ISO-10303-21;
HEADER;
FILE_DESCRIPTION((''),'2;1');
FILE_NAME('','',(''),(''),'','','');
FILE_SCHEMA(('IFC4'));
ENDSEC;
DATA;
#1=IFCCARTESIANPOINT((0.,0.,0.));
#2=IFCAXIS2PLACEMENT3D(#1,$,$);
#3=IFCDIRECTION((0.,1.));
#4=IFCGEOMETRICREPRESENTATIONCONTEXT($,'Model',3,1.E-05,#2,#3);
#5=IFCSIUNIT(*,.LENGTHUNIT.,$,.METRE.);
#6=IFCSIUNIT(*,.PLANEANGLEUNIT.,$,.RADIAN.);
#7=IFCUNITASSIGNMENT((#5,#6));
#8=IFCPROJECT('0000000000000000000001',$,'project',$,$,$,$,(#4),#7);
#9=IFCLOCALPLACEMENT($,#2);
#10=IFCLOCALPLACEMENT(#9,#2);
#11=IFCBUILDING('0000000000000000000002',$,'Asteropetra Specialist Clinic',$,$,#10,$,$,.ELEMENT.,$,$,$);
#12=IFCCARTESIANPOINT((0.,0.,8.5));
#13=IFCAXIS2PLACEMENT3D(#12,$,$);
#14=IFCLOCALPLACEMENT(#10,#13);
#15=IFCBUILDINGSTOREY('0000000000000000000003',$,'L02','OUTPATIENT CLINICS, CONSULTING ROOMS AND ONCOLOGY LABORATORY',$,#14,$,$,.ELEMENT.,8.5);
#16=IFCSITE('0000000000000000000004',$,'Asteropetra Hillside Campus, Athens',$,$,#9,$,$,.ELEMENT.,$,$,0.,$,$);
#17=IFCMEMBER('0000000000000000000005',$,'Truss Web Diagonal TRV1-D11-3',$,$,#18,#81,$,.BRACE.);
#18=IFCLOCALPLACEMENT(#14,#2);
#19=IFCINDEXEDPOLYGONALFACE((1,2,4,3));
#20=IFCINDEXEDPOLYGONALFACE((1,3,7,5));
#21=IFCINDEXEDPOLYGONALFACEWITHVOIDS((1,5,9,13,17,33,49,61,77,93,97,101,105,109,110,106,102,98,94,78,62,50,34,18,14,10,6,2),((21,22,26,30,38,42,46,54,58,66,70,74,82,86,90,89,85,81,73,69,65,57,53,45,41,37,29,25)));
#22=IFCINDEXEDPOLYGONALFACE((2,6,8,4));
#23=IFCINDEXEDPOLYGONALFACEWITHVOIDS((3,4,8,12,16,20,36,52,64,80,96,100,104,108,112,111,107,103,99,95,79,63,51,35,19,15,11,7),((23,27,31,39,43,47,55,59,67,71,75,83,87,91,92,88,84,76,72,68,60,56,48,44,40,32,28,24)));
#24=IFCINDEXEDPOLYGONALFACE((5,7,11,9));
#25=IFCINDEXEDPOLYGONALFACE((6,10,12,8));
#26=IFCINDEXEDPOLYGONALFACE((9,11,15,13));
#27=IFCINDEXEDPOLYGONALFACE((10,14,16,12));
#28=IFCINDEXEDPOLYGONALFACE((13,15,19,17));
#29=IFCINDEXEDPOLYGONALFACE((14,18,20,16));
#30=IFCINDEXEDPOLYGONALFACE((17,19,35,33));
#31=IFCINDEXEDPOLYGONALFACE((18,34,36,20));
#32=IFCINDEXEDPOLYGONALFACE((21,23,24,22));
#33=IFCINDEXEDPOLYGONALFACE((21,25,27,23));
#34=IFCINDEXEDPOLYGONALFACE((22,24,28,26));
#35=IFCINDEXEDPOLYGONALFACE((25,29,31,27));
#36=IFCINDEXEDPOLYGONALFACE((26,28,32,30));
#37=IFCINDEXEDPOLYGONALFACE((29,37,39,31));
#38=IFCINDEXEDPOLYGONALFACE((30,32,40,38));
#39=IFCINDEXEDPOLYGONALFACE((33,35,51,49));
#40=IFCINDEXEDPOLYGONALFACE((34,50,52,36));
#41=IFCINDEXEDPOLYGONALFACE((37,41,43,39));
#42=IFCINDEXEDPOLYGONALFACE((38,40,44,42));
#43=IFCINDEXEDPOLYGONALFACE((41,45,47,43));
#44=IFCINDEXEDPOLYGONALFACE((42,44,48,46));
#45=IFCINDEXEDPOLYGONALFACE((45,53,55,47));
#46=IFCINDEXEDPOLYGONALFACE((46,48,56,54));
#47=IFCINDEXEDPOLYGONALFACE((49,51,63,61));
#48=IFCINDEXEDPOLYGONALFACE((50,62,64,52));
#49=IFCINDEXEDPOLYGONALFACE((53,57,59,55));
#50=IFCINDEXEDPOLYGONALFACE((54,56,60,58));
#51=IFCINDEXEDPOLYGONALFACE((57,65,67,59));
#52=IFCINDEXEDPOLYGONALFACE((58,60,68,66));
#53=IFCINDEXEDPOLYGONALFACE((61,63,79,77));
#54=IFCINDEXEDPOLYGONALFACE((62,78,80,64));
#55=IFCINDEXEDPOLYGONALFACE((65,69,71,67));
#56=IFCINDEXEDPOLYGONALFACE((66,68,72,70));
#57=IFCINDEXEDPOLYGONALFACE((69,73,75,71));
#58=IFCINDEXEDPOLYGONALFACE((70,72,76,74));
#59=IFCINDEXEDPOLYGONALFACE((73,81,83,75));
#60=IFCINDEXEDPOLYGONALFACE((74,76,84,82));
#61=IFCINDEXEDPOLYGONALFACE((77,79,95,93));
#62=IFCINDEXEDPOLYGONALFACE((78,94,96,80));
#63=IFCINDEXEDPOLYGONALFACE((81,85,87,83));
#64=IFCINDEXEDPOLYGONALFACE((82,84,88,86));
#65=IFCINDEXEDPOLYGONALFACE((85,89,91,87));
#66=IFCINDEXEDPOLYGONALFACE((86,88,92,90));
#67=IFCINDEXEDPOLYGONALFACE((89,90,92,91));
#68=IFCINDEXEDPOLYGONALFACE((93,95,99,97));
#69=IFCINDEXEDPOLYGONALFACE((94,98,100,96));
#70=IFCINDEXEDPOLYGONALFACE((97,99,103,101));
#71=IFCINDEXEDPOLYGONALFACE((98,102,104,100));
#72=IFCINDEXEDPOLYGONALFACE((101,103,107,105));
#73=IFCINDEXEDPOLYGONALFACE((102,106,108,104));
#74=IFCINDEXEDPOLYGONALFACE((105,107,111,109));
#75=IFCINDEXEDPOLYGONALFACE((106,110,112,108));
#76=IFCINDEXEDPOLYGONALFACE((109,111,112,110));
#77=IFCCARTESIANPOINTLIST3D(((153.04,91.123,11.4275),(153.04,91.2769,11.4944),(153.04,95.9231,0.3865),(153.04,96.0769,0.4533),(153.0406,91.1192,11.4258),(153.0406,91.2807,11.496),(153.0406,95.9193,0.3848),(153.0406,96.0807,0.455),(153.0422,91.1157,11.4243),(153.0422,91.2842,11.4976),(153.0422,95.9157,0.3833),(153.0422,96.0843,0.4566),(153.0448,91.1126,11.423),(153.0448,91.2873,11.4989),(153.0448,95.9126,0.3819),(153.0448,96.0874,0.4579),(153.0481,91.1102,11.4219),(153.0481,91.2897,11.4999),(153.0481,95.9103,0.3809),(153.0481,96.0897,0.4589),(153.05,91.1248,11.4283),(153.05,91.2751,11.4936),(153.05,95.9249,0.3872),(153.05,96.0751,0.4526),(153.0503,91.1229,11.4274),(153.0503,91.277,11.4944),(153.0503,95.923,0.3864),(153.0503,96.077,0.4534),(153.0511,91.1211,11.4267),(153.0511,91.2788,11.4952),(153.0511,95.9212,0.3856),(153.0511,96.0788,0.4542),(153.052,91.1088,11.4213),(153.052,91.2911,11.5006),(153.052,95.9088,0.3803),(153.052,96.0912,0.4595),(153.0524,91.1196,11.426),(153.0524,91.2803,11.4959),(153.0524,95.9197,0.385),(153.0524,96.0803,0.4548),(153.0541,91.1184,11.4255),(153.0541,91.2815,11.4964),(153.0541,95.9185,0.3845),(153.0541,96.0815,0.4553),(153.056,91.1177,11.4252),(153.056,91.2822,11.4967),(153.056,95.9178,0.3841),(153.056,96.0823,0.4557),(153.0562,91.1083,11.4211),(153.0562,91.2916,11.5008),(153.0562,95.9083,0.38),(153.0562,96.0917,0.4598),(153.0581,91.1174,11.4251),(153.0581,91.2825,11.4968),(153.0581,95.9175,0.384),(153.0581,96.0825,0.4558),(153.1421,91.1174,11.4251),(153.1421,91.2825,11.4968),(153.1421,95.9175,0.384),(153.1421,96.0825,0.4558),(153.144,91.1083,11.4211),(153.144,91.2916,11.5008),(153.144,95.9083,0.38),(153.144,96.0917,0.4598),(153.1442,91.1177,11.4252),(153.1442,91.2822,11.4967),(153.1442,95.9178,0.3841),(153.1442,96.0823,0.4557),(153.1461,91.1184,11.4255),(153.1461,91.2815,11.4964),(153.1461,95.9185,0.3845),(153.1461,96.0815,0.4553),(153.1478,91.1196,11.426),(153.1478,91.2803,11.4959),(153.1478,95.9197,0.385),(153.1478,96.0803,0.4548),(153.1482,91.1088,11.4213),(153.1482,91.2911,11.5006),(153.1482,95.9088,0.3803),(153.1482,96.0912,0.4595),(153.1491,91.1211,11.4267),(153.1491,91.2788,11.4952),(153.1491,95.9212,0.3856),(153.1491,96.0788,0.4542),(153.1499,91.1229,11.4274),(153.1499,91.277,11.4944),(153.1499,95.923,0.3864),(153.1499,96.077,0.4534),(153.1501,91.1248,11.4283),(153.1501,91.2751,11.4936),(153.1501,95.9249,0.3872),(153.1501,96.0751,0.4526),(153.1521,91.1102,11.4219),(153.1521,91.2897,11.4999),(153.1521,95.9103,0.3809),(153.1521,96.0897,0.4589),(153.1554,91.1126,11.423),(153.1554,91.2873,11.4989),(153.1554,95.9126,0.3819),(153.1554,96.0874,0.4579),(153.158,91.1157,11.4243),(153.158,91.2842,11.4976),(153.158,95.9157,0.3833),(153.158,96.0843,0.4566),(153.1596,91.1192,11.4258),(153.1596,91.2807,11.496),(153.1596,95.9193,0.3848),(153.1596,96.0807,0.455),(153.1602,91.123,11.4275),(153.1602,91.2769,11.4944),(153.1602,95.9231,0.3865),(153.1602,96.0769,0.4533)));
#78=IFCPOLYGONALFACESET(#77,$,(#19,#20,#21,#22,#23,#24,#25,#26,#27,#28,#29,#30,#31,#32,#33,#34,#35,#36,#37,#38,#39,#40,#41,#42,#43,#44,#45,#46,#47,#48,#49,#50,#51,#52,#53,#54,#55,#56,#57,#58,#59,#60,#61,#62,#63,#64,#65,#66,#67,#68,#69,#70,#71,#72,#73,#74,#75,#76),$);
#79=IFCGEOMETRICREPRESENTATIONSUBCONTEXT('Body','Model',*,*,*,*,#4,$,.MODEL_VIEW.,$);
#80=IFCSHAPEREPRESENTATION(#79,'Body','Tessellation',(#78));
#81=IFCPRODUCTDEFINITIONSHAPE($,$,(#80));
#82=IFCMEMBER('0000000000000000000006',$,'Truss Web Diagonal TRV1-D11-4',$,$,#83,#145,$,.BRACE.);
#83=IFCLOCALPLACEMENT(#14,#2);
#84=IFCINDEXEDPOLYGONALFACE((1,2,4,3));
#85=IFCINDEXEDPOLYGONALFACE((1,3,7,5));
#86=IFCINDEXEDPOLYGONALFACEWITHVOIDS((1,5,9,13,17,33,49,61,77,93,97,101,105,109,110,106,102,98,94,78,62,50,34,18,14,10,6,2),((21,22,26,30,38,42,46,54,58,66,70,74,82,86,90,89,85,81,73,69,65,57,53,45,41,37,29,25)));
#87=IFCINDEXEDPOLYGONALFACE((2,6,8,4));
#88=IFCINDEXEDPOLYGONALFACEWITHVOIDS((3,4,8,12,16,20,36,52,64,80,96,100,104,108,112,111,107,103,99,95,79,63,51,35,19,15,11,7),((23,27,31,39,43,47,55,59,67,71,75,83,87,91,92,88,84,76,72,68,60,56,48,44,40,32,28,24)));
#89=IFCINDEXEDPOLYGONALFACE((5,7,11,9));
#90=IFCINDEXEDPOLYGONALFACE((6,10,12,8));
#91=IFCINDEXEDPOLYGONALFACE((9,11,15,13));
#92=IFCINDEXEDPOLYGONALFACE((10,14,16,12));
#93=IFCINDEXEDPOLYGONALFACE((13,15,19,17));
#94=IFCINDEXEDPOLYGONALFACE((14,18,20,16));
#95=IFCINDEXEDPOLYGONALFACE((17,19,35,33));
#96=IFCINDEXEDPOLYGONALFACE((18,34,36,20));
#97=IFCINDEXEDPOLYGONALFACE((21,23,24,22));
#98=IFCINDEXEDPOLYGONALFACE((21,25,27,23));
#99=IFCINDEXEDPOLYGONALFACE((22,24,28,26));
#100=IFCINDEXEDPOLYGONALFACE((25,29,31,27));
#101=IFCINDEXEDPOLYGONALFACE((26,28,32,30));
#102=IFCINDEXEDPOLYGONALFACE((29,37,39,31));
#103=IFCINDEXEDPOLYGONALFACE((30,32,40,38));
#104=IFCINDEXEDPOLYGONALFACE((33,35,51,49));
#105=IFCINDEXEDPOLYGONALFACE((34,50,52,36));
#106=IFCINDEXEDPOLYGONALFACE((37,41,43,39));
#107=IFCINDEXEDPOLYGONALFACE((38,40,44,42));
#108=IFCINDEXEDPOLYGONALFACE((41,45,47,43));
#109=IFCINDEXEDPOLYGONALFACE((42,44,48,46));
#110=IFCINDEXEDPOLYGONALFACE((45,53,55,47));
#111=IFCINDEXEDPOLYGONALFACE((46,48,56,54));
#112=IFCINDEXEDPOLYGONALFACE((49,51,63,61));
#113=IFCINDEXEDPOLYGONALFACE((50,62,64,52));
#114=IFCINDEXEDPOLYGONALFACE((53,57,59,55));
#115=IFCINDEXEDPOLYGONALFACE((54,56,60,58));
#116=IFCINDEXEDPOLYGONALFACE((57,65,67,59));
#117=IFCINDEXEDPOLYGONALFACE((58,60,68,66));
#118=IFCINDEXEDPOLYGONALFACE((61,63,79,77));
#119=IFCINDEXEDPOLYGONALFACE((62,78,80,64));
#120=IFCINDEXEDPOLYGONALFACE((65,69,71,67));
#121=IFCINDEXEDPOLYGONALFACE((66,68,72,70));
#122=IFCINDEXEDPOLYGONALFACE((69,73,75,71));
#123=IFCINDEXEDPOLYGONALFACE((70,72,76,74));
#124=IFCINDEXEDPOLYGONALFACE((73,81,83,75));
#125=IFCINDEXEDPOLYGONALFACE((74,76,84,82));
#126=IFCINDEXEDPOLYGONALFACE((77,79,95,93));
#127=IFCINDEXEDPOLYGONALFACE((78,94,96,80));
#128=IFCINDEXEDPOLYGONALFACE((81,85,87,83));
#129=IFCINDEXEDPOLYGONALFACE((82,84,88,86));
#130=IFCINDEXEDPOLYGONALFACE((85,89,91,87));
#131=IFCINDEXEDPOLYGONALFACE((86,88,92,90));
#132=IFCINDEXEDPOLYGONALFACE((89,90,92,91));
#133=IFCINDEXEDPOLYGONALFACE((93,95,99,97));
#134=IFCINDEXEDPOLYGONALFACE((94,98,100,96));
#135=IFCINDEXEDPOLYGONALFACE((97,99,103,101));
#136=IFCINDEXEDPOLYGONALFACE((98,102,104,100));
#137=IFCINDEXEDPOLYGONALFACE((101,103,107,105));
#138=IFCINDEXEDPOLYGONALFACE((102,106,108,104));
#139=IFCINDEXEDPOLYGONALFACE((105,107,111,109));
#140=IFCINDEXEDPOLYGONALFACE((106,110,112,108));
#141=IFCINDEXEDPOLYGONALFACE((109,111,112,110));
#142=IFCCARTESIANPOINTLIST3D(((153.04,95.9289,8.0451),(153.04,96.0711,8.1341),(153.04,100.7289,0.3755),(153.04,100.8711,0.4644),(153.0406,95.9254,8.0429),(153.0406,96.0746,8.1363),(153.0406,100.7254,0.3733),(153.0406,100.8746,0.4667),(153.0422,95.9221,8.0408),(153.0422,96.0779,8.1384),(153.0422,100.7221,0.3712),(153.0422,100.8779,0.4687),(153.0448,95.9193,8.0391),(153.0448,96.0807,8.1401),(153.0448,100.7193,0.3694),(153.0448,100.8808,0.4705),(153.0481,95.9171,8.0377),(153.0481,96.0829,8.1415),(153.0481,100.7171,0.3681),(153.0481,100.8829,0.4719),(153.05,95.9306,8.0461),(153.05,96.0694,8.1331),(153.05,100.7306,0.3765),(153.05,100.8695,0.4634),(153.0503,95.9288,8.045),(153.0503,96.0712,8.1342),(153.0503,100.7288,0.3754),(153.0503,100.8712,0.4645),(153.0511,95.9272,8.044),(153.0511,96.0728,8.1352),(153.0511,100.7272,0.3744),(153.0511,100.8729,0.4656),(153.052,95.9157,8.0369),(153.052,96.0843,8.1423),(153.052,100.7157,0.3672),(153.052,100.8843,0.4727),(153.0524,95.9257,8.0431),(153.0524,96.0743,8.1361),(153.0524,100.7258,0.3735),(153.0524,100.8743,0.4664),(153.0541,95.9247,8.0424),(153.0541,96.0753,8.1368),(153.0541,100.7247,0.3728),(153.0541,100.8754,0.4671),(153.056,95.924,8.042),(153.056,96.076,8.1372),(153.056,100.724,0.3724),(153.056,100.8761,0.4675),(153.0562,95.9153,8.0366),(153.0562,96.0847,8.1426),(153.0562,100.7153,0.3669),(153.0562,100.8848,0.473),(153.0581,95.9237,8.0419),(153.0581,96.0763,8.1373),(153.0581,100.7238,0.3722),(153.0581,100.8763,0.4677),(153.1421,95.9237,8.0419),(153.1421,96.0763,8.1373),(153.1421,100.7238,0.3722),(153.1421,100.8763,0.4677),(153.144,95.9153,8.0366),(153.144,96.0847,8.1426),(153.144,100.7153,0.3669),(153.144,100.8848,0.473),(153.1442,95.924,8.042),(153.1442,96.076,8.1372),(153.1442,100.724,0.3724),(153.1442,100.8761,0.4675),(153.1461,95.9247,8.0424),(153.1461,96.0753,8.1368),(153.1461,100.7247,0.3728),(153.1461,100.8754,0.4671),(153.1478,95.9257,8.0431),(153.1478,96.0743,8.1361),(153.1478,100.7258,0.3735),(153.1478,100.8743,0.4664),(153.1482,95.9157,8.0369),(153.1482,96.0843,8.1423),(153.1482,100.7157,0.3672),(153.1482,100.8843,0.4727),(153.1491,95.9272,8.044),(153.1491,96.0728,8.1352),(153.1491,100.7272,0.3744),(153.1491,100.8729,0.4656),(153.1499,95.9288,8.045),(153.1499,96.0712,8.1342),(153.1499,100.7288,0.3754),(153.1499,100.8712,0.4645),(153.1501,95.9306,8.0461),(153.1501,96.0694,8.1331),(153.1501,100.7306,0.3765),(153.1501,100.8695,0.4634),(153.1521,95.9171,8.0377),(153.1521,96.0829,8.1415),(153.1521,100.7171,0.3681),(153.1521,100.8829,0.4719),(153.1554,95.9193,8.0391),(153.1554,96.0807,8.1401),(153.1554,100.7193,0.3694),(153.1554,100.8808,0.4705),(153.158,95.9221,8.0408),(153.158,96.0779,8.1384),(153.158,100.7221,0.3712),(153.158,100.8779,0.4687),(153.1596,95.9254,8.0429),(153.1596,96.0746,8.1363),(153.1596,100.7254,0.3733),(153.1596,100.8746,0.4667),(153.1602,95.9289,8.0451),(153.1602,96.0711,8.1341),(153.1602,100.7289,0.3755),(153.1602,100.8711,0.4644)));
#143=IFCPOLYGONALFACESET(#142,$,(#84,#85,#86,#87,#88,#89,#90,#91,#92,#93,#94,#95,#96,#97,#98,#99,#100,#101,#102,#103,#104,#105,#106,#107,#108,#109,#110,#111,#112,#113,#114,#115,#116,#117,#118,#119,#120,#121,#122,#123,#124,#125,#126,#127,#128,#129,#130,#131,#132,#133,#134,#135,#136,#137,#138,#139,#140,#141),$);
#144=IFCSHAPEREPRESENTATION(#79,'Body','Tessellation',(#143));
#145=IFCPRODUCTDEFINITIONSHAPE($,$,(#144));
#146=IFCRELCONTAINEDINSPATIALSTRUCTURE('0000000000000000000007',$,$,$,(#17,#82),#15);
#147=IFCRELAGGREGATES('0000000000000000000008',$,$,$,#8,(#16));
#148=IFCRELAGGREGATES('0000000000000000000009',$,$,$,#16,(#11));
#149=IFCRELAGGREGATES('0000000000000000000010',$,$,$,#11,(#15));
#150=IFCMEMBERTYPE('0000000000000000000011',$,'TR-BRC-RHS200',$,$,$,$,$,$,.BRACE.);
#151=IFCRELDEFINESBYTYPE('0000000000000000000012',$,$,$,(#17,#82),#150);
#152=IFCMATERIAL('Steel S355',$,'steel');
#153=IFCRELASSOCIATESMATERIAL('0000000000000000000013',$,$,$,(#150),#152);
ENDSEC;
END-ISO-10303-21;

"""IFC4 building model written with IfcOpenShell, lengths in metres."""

from ifc_helpers import new_model, si_unit, direction, frame, origin, origin_2d, place, context, subcontext, project, spatial, hollow_rectangle, extrude, material, material_profile, profile_set, type_object, element, save


model = new_model("IFC4")

# Units and contexts
model_context = context("Model", 3, precision=1e-05, world=origin(), true_north=direction((0.0, 1.0)))
body_context = subcontext(model_context, "Body", "Model", "MODEL_VIEW")
ifc_project = project(units=[si_unit("LENGTHUNIT", "METRE"), si_unit("PLANEANGLEUNIT", "RADIAN")], contexts=[model_context])

# Site, building, storey
site_placement = place(None, origin())
site = spatial("IfcSite", under=ifc_project, at=site_placement, Name="Asteropetra Hillside Campus, Athens", CompositionType="ELEMENT", RefElevation=0.0)
building_placement = place(site_placement, origin())
building = spatial("IfcBuilding", under=site, at=building_placement, Name="Asteropetra Specialist Clinic", CompositionType="ELEMENT")
storey_placement = place(building_placement, frame((0.0, 0.0, 8.5)))
storey = spatial("IfcBuildingStorey", under=building, at=storey_placement, Name="L02", Description="OUTPATIENT CLINICS, CONSULTING ROOMS AND ONCOLOGY LABORATORY", CompositionType="ELEMENT", Elevation=8.5)

# Members
ifc_material_1 = material(Name="Steel S355", Category="steel")
ifc_material_profile_1 = material_profile(ifc_material_1, hollow_rectangle(XDim=0.1201, YDim=0.2, WallThickness=0.01, InnerFilletRadius=0.0081, OuterFilletRadius=0.0161, at=origin_2d()), Name="RHS 200x120x10.0")
ifc_profile_set_1 = profile_set([ifc_material_profile_1], Name="Steel S355")
member_type_1 = type_object("IfcMemberType", Name="TR-BRC-RHS200", PredefinedType="BRACE", material=ifc_profile_set_1)
member_1_placement = place(storey_placement, frame((153.1001, 91.2, 11.4609), z_axis=(0.0, 0.398699, -0.917082), x_axis=(-1.0, 0.0, 0.0)))
element("IfcMember", 1, at=member_1_placement, inside=storey, type_object=member_type_1, Name="Truss Web Diagonal TRV1-D11-3", PredefinedType="BRACE", context=body_context, shape_type="SweptSolid", body=[
    extrude(hollow_rectangle(XDim=0.1201, YDim=0.2, WallThickness=0.01, InnerFilletRadius=0.0081, OuterFilletRadius=0.0161, at=origin_2d()), origin(), (0.0, 0.0, 1.0), 12.0393),
])
member_2_placement = place(storey_placement, frame((153.1001, 96.0, 8.0896), z_axis=(0.0, 0.530515, -0.847675), x_axis=(-1.0, 0.0, 0.0)))
element("IfcMember", 2, at=member_2_placement, inside=storey, type_object=member_type_1, Name="Truss Web Diagonal TRV1-D11-4", PredefinedType="BRACE", context=body_context, shape_type="SweptSolid", body=[
    extrude(hollow_rectangle(XDim=0.1201, YDim=0.2, WallThickness=0.01, InnerFilletRadius=0.0081, OuterFilletRadius=0.0161, at=origin_2d()), origin(), (0.0, 0.0, 1.0), 9.0479),
])

save(model, "model.ifc")
